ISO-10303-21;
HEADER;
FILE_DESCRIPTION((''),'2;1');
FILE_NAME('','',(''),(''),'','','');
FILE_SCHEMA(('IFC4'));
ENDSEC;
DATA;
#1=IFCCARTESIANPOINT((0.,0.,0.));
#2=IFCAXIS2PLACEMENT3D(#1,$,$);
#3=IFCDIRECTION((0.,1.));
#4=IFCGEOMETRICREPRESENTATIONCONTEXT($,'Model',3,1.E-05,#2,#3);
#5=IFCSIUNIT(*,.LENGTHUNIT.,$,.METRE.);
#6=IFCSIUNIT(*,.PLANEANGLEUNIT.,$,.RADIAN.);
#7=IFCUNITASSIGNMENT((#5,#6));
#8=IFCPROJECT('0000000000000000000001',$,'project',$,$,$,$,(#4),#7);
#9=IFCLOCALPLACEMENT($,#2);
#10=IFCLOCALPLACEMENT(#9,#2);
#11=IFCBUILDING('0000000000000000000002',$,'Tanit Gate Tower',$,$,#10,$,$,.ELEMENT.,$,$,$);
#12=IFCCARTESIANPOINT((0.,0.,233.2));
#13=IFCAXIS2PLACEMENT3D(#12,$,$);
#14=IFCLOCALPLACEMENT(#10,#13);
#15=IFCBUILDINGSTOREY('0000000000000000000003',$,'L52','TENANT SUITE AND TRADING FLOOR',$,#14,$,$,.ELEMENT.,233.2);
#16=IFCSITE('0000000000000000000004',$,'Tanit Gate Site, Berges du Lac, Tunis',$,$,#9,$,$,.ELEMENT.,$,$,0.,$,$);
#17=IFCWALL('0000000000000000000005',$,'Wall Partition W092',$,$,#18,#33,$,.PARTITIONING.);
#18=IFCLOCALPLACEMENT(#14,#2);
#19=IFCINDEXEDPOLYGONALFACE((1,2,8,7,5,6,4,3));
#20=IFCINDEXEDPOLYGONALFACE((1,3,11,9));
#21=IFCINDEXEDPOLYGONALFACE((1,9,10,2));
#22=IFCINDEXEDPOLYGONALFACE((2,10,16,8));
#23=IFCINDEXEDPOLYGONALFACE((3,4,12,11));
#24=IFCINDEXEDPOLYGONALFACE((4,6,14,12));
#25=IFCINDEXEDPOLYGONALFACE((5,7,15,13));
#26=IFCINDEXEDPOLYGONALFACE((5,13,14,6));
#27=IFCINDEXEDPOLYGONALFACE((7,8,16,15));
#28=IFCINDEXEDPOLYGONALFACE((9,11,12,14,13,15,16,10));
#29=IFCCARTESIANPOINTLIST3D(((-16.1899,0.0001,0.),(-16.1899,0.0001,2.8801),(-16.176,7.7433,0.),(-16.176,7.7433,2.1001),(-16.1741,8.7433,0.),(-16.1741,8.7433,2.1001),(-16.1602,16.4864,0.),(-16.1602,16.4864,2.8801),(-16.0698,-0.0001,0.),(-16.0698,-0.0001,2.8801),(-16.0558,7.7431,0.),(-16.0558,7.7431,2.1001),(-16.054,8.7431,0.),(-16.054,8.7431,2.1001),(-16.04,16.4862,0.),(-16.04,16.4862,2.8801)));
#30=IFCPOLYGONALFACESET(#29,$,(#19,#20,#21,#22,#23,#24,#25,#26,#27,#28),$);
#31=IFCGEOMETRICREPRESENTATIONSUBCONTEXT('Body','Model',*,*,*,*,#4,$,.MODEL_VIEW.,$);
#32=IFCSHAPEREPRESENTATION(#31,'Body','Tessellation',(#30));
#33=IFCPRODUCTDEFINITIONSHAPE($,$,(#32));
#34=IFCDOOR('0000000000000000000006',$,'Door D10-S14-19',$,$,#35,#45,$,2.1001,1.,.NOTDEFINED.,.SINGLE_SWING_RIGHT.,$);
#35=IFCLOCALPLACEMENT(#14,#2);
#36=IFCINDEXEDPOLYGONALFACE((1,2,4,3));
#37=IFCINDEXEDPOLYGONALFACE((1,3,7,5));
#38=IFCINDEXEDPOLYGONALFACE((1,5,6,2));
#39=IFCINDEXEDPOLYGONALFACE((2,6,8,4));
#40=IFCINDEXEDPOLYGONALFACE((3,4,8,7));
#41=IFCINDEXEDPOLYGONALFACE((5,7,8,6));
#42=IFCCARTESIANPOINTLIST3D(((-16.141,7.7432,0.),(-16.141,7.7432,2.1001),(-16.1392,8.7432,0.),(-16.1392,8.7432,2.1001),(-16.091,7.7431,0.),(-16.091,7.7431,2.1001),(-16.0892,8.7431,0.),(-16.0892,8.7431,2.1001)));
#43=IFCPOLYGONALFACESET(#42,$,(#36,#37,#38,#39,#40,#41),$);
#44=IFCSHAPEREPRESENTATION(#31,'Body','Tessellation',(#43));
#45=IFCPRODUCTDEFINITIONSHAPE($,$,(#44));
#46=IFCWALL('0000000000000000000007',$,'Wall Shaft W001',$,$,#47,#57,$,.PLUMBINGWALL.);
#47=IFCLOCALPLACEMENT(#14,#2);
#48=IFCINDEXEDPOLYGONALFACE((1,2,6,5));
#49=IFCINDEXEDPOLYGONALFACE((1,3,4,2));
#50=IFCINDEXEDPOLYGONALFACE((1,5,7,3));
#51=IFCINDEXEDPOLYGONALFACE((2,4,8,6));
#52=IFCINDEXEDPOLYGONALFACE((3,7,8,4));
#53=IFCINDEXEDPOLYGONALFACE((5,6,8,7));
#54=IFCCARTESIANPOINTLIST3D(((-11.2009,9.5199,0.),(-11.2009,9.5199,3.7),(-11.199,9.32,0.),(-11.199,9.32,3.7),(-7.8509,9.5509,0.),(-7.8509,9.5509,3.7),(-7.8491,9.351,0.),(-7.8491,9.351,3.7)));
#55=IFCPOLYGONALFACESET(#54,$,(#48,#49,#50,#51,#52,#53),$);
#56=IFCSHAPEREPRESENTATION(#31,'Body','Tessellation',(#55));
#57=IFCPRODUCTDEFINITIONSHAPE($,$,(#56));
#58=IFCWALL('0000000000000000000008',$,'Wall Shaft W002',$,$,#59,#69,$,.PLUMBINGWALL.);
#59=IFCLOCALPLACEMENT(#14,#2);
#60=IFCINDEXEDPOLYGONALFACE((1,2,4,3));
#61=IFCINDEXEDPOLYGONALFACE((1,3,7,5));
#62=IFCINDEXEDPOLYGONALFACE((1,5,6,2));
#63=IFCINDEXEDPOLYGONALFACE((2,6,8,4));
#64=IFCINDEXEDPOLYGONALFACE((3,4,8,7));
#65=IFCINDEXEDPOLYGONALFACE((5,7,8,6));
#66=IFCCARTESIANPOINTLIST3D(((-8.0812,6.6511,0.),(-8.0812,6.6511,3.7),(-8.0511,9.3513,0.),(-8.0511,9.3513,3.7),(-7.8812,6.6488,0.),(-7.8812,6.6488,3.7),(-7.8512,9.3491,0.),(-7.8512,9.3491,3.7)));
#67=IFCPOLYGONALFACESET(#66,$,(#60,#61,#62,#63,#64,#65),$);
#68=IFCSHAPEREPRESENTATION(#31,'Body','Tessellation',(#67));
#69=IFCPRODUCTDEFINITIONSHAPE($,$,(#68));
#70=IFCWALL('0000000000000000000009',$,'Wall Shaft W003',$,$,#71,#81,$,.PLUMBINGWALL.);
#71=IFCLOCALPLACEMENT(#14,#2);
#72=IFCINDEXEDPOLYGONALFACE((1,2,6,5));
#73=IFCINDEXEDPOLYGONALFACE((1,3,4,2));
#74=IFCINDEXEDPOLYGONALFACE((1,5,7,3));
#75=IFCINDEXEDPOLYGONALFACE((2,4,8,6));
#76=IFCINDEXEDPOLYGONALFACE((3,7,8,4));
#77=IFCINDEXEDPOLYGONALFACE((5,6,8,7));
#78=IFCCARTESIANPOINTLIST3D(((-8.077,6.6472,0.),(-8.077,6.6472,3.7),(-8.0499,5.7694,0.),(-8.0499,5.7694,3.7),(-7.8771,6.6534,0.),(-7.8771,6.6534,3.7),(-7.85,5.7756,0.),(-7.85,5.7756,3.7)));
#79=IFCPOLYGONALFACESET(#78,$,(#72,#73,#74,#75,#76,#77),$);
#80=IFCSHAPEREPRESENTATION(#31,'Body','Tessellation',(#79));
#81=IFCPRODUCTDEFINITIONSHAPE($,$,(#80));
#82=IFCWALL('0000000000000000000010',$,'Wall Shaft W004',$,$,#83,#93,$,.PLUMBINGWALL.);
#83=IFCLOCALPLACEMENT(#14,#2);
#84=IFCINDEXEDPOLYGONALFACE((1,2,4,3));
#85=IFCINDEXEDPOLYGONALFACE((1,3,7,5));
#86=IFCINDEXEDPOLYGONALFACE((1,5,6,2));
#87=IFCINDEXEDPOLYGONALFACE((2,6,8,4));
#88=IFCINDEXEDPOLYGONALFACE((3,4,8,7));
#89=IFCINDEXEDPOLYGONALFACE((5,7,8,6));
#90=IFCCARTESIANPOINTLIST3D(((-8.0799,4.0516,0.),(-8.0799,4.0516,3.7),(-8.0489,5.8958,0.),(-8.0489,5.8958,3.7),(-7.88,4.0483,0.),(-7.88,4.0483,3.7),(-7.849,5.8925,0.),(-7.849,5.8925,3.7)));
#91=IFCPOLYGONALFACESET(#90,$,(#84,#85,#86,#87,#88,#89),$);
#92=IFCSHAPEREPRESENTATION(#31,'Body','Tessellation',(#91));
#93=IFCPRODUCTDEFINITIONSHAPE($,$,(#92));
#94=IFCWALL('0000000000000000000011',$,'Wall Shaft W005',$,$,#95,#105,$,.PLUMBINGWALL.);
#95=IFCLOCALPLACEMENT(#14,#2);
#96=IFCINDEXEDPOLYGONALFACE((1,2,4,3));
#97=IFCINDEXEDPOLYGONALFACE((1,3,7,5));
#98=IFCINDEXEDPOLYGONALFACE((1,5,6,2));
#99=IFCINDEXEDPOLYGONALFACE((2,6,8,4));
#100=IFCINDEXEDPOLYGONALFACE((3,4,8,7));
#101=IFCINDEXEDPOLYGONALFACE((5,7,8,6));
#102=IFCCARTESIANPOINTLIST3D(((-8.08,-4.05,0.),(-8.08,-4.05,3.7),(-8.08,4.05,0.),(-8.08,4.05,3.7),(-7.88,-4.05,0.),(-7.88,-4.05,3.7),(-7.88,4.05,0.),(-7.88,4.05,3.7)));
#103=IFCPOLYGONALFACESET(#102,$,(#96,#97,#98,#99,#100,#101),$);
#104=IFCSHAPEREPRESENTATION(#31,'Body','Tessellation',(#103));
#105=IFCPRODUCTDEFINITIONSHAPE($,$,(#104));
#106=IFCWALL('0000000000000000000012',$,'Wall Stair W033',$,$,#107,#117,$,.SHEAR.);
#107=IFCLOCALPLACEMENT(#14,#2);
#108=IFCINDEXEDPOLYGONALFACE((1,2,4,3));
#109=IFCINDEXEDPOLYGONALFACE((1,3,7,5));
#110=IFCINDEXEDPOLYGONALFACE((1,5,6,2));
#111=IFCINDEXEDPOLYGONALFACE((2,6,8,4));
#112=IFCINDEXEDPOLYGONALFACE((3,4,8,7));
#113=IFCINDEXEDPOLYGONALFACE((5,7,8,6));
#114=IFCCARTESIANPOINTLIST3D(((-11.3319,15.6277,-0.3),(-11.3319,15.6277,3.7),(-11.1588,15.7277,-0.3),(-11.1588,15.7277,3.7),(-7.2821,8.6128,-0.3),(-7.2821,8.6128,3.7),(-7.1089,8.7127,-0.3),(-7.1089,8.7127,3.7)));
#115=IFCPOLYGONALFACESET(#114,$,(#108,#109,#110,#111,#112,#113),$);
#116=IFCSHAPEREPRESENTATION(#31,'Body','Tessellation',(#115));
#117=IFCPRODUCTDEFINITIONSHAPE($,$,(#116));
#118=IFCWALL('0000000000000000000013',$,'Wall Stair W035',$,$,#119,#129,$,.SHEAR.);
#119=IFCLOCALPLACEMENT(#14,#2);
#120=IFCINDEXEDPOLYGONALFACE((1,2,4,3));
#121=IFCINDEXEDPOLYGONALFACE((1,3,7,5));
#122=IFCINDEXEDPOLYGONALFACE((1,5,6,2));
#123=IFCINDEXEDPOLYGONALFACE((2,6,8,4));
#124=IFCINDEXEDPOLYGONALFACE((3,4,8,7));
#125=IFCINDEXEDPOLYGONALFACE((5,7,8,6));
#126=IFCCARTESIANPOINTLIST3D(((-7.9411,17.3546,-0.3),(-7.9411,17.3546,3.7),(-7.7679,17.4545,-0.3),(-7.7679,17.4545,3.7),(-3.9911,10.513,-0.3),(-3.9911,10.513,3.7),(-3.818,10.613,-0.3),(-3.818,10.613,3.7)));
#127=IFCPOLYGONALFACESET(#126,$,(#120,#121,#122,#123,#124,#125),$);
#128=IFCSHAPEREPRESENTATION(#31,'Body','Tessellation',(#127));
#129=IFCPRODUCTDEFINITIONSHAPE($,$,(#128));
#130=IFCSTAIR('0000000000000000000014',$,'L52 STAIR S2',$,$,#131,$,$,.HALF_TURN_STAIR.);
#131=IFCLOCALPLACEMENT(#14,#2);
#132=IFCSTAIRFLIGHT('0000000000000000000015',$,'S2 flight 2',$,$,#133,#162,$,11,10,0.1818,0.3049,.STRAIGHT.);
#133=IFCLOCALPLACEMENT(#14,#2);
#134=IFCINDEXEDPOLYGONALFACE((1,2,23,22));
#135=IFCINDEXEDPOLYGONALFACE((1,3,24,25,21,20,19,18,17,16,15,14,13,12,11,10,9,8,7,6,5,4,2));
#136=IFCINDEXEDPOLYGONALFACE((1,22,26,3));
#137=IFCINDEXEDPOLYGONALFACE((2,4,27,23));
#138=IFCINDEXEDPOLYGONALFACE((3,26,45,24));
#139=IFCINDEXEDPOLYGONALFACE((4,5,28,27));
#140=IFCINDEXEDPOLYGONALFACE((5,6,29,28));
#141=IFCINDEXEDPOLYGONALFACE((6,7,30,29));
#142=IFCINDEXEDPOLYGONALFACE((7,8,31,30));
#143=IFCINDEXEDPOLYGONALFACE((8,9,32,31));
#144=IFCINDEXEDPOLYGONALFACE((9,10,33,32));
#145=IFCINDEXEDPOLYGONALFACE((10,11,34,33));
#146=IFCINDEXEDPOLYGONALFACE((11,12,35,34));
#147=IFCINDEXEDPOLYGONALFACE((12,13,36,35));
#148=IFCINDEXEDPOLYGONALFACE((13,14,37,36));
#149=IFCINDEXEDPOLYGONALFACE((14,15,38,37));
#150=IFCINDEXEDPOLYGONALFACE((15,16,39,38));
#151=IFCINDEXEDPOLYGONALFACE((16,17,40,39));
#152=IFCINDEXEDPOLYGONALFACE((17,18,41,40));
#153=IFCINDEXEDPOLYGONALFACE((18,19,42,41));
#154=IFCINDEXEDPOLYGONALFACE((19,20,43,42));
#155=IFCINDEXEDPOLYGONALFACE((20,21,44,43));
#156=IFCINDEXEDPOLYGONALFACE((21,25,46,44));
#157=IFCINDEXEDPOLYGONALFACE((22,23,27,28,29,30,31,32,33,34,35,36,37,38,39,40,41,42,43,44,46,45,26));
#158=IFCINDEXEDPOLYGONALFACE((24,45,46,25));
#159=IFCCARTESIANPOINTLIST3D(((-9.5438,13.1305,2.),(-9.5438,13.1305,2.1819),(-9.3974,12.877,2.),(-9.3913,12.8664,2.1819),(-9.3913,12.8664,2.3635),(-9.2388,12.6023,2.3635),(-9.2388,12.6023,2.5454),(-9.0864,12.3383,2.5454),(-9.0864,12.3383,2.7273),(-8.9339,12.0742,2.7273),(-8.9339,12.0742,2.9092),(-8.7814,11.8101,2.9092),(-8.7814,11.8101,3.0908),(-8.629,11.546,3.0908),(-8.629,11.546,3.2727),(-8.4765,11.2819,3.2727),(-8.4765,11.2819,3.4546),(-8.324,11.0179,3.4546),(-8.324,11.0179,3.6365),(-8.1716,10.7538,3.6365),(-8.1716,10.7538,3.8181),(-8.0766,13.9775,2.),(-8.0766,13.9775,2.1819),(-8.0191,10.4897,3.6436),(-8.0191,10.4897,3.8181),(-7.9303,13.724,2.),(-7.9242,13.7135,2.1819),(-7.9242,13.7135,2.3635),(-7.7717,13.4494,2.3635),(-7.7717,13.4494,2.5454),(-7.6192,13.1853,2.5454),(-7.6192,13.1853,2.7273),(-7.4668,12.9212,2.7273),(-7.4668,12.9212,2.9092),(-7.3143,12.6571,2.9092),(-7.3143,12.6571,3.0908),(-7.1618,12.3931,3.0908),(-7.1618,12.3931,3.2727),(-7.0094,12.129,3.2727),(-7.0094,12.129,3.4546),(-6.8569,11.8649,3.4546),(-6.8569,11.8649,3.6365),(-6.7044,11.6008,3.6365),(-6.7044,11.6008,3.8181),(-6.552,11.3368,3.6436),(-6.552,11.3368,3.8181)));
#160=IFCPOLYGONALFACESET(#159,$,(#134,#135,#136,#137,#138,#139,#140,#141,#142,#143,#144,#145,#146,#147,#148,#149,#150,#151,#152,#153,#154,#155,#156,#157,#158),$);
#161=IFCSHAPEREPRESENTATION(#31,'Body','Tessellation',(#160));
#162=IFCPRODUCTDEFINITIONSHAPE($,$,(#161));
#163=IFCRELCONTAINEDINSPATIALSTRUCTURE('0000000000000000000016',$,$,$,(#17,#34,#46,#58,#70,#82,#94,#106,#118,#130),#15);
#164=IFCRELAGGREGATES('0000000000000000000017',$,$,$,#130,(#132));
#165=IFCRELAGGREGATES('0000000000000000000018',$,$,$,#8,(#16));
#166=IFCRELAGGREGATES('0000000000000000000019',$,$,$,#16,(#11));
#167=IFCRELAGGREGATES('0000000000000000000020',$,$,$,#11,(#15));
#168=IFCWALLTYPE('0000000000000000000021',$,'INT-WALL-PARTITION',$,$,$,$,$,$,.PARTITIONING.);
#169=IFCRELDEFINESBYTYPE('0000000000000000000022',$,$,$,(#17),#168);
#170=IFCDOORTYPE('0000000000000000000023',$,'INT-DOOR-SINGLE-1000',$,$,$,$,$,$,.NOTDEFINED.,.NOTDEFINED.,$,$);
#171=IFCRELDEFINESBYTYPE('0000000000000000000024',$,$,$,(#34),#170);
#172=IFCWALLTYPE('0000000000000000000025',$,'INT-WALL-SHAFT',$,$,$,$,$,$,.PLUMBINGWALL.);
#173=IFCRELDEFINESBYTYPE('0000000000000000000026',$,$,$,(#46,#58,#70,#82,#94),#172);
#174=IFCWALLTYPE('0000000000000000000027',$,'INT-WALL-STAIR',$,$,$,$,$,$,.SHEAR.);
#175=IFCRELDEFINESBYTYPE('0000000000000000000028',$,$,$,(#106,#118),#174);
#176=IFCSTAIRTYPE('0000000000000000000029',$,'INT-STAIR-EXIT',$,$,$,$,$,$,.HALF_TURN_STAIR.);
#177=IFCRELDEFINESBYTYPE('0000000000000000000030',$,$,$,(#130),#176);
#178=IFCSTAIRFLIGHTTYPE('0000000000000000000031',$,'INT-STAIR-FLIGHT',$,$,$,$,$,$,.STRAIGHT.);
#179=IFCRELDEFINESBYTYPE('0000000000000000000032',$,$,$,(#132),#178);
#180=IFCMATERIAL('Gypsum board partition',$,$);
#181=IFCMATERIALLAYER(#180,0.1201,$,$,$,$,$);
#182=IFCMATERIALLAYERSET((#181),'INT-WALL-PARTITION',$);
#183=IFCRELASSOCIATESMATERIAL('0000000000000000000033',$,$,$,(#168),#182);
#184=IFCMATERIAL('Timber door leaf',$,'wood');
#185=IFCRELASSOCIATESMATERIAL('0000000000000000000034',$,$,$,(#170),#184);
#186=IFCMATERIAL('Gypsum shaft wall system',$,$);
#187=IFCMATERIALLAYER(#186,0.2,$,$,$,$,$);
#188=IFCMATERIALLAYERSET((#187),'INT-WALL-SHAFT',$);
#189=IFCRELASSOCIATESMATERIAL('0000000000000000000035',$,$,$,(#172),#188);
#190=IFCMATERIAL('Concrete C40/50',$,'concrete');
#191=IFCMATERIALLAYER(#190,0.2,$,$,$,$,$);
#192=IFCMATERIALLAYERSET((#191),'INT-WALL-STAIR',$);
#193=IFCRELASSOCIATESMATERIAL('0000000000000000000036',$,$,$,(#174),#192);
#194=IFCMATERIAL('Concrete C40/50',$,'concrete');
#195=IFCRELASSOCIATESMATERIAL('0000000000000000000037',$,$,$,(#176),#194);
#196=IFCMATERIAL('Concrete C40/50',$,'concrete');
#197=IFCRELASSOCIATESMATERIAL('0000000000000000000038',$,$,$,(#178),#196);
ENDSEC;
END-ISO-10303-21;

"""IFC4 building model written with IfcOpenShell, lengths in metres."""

from ifc_helpers import new_model, si_unit, direction, frame, frame_2d, origin, place, context, subcontext, project, spatial, polyline, rectangle, outline, extrude, material, layer, layer_set, type_object, element, fill, aggregate, save


model = new_model("IFC4")

# Units and contexts
model_context = context("Model", 3, precision=1e-05, world=origin(), true_north=direction((0.0, 1.0)))
body_context = subcontext(model_context, "Body", "Model", "MODEL_VIEW")
ifc_project = project(units=[si_unit("LENGTHUNIT", "METRE"), si_unit("PLANEANGLEUNIT", "RADIAN")], contexts=[model_context])

# Site, building, storey
site_placement = place(None, origin())
site = spatial("IfcSite", under=ifc_project, at=site_placement, Name="Tanit Gate Site, Berges du Lac, Tunis", CompositionType="ELEMENT", RefElevation=0.0)
building_placement = place(site_placement, origin())
building = spatial("IfcBuilding", under=site, at=building_placement, Name="Tanit Gate Tower", CompositionType="ELEMENT")
storey_placement = place(building_placement, frame((0.0, 0.0, 233.2)))
storey = spatial("IfcBuildingStorey", under=building, at=storey_placement, Name="L52", Description="TENANT SUITE AND TRADING FLOOR", CompositionType="ELEMENT", Elevation=233.2)

# Wall, opening, door
ifc_material_1 = material(Name="Gypsum board partition")
ifc_layer_1 = layer(ifc_material_1, 0.1201)
ifc_layer_set_1 = layer_set([ifc_layer_1], Name="INT-WALL-PARTITION")
wall_type_1 = type_object("IfcWallType", Name="INT-WALL-PARTITION", PredefinedType="PARTITIONING", material=ifc_layer_set_1)
wall_1_placement = place(storey_placement, frame((-16.1001, 16.4863, 0.0), z_axis=(0.0, 0.0, 1.0), x_axis=(-0.001807, -0.999998, 0.0)))
wall_1 = element("IfcWall", 1, at=wall_1_placement, inside=storey, type_object=wall_type_1, Name="Wall Partition W092", PredefinedType="PARTITIONING", context=body_context, shape_type="SweptSolid", body=[
    extrude(rectangle(XDim=16.4863, YDim=0.1201, at=frame_2d((8.2432, 0.0))), origin(), (0.0, 0.0, 1.0), 2.8801),
])
opening_1_placement = place(wall_1_placement, frame((7.7432, 0.0, 0.0)))
opening_1 = element("IfcOpeningElement", 2, at=opening_1_placement, cuts=wall_1, PredefinedType="OPENING", context=body_context, shape_type="SweptSolid", body=[
    extrude(rectangle(XDim=1.0, YDim=2.1001, at=frame_2d((0.5, 1.05))), frame((0.0, 0.0701, 0.0), z_axis=(0.0, -1.0, 0.0), x_axis=(1.0, 0.0, 0.0)), (0.0, 0.0, 1.0), 0.1401),
])
ifc_material_2 = material(Name="Timber door leaf", Category="wood")
door_type_1 = type_object("IfcDoorType", Name="INT-DOOR-SINGLE-1000", OperationType="NOTDEFINED", PredefinedType="NOTDEFINED", material=ifc_material_2)
door_1_placement = place(opening_1_placement, origin())
door_1 = element("IfcDoor", 3, at=door_1_placement, inside=storey, type_object=door_type_1, Name="Door D10-S14-19", OperationType="SINGLE_SWING_RIGHT", OverallHeight=2.1001, OverallWidth=1.0, PredefinedType="NOTDEFINED", context=body_context, shape_type="SweptSolid", body=[
    extrude(rectangle(XDim=1.0, YDim=2.1001, at=frame_2d((0.5, 1.05))), frame((0.0, 0.0249, 0.0), z_axis=(0.0, -1.0, 0.0), x_axis=(1.0, 0.0, 0.0)), (0.0, 0.0, 1.0), 0.05),
])
fill(opening_1, door_1)

# Walls
ifc_material_3 = material(Name="Gypsum shaft wall system")
ifc_layer_2 = layer(ifc_material_3, 0.2)
ifc_layer_set_2 = layer_set([ifc_layer_2], Name="INT-WALL-SHAFT")
wall_type_2 = type_object("IfcWallType", Name="INT-WALL-SHAFT", PredefinedType="PLUMBINGWALL", material=ifc_layer_set_2)
wall_2_placement = place(storey_placement, frame((-11.2, 9.4199, 0.0), z_axis=(0.0, 0.0, 1.0), x_axis=(0.999957, 0.009255, 0.0)))
element("IfcWall", 4, at=wall_2_placement, inside=storey, type_object=wall_type_2, Name="Wall Shaft W001", PredefinedType="PLUMBINGWALL", context=body_context, shape_type="SweptSolid", body=[
    extrude(rectangle(XDim=3.3501, YDim=0.2, at=frame_2d((1.675, 0.0))), origin(), (0.0, 0.0, 1.0), 3.7),
])
wall_3_placement = place(storey_placement, frame((-7.9512, 9.3501, 0.0), z_axis=(0.0, 0.0, 1.0), x_axis=(-0.01112, -0.999938, 0.0)))
element("IfcWall", 5, at=wall_3_placement, inside=storey, type_object=wall_type_2, Name="Wall Shaft W002", PredefinedType="PLUMBINGWALL", context=body_context, shape_type="SweptSolid", body=[
    extrude(rectangle(XDim=2.7004, YDim=0.2, at=frame_2d((1.3501, 0.0))), origin(), (0.0, 0.0, 1.0), 3.7),
])
wall_4_placement = place(storey_placement, frame((-7.9771, 6.6501, 0.0), z_axis=(0.0, 0.0, 1.0), x_axis=(0.030862, -0.999524, 0.0)))
element("IfcWall", 6, at=wall_4_placement, inside=storey, type_object=wall_type_2, Name="Wall Shaft W003", PredefinedType="PLUMBINGWALL", context=body_context, shape_type="SweptSolid", body=[
    extrude(rectangle(XDim=0.8782, YDim=0.2, at=frame_2d((0.439, 0.0))), origin(), (0.0, 0.0, 1.0), 3.7),
])
wall_5_placement = place(storey_placement, frame((-7.949, 5.8943, 0.0), z_axis=(0.0, 0.0, 1.0), x_axis=(-0.01681, -0.999859, 0.0)))
element("IfcWall", 7, at=wall_5_placement, inside=storey, type_object=wall_type_2, Name="Wall Shaft W004", PredefinedType="PLUMBINGWALL", context=body_context, shape_type="SweptSolid", body=[
    extrude(rectangle(XDim=1.8445, YDim=0.2, at=frame_2d((0.9224, 0.0))), origin(), (0.0, 0.0, 1.0), 3.7),
])
wall_6_placement = place(storey_placement, frame((-7.98, 4.05, 0.0), z_axis=(0.0, 0.0, 1.0), x_axis=(0.0, -1.0, 0.0)))
element("IfcWall", 8, at=wall_6_placement, inside=storey, type_object=wall_type_2, Name="Wall Shaft W005", PredefinedType="PLUMBINGWALL", context=body_context, shape_type="SweptSolid", body=[
    extrude(rectangle(XDim=8.1001, YDim=0.2, at=frame_2d((4.05, 0.0))), origin(), (0.0, 0.0, 1.0), 3.7),
])
ifc_material_4 = material(Name="Concrete C40/50", Category="concrete")
ifc_layer_3 = layer(ifc_material_4, 0.2)
ifc_layer_set_3 = layer_set([ifc_layer_3], Name="INT-WALL-STAIR")
wall_type_3 = type_object("IfcWallType", Name="INT-WALL-STAIR", PredefinedType="SHEAR", material=ifc_layer_set_3)
wall_7_placement = place(storey_placement, frame((-11.2454, 15.6777, -0.3), z_axis=(0.0, 0.0, 1.0), x_axis=(0.499977, -0.866039, 0.0)))
element("IfcWall", 9, at=wall_7_placement, inside=storey, type_object=wall_type_3, Name="Wall Stair W033", PredefinedType="SHEAR", context=body_context, shape_type="SweptSolid", body=[
    extrude(rectangle(XDim=8.1001, YDim=0.2, at=frame_2d((4.05, 0.0))), origin(), (0.0, 0.0, 1.0), 4.0),
])
wall_8_placement = place(storey_placement, frame((-7.8545, 17.4045, -0.3), z_axis=(0.0, 0.0, 1.0), x_axis=(0.499998, -0.866027, 0.0)))
element("IfcWall", 10, at=wall_8_placement, inside=storey, type_object=wall_type_3, Name="Wall Stair W035", PredefinedType="SHEAR", context=body_context, shape_type="SweptSolid", body=[
    extrude(rectangle(XDim=7.8999, YDim=0.2, at=frame_2d((3.95, 0.0))), origin(), (0.0, 0.0, 1.0), 4.0),
])

# Stair, stair flight
ifc_material_5 = material(Name="Concrete C40/50", Category="concrete")
stair_type = type_object("IfcStairType", Name="INT-STAIR-EXIT", PredefinedType="HALF_TURN_STAIR", material=ifc_material_5)
stair_placement = place(storey_placement, origin())
stair = element("IfcStair", 11, at=stair_placement, inside=storey, type_object=stair_type, Name="L52 STAIR S2", PredefinedType="HALF_TURN_STAIR")
ifc_material_6 = material(Name="Concrete C40/50", Category="concrete")
stair_flight_type = type_object("IfcStairFlightType", Name="INT-STAIR-FLIGHT", PredefinedType="STRAIGHT", material=ifc_material_6)
stair_flight_placement = place(storey_placement, frame((-8.8103, 13.554, 2.0), z_axis=(0.0, 0.0, 1.0), x_axis=(0.5, -0.866025, 0.0)))
stair_flight = element("IfcStairFlight", 12, at=stair_flight_placement, type_object=stair_flight_type, Name="S2 flight 2", NumberOfRisers=11, NumberOfTreads=10, PredefinedType="STRAIGHT", RiserHeight=0.1818, TreadLength=0.3049, context=body_context, shape_type="SweptSolid", body=[
    extrude(outline(polyline([(0.0, 0.0), (0.0, 0.1819), (0.3049, 0.1819), (0.3049, 0.3635), (0.6099, 0.3635), (0.6099, 0.5454), (0.9148, 0.5454), (0.9148, 0.7273), (1.2197, 0.7273), (1.2197, 0.9092), (1.5247, 0.9092), (1.5247, 1.0908), (1.8296, 1.0908), (1.8296, 1.2727), (2.1345, 1.2727), (2.1345, 1.4546), (2.4395, 1.4546), (2.4395, 1.6365), (2.7444, 1.6365), (2.7444, 1.8181), (3.0493, 1.8181), (3.0493, 2.0), (3.0493, 1.6436), (0.2927, 0.0), (0.0, 0.0)])), frame((0.0, 0.8472, 0.0), z_axis=(0.0, -1.0, 0.0), x_axis=(1.0, 0.0, 0.0)), (0.0, 0.0, 1.0), 1.6941),
])
aggregate(stair, [stair_flight])

save(model, "model.ifc")
